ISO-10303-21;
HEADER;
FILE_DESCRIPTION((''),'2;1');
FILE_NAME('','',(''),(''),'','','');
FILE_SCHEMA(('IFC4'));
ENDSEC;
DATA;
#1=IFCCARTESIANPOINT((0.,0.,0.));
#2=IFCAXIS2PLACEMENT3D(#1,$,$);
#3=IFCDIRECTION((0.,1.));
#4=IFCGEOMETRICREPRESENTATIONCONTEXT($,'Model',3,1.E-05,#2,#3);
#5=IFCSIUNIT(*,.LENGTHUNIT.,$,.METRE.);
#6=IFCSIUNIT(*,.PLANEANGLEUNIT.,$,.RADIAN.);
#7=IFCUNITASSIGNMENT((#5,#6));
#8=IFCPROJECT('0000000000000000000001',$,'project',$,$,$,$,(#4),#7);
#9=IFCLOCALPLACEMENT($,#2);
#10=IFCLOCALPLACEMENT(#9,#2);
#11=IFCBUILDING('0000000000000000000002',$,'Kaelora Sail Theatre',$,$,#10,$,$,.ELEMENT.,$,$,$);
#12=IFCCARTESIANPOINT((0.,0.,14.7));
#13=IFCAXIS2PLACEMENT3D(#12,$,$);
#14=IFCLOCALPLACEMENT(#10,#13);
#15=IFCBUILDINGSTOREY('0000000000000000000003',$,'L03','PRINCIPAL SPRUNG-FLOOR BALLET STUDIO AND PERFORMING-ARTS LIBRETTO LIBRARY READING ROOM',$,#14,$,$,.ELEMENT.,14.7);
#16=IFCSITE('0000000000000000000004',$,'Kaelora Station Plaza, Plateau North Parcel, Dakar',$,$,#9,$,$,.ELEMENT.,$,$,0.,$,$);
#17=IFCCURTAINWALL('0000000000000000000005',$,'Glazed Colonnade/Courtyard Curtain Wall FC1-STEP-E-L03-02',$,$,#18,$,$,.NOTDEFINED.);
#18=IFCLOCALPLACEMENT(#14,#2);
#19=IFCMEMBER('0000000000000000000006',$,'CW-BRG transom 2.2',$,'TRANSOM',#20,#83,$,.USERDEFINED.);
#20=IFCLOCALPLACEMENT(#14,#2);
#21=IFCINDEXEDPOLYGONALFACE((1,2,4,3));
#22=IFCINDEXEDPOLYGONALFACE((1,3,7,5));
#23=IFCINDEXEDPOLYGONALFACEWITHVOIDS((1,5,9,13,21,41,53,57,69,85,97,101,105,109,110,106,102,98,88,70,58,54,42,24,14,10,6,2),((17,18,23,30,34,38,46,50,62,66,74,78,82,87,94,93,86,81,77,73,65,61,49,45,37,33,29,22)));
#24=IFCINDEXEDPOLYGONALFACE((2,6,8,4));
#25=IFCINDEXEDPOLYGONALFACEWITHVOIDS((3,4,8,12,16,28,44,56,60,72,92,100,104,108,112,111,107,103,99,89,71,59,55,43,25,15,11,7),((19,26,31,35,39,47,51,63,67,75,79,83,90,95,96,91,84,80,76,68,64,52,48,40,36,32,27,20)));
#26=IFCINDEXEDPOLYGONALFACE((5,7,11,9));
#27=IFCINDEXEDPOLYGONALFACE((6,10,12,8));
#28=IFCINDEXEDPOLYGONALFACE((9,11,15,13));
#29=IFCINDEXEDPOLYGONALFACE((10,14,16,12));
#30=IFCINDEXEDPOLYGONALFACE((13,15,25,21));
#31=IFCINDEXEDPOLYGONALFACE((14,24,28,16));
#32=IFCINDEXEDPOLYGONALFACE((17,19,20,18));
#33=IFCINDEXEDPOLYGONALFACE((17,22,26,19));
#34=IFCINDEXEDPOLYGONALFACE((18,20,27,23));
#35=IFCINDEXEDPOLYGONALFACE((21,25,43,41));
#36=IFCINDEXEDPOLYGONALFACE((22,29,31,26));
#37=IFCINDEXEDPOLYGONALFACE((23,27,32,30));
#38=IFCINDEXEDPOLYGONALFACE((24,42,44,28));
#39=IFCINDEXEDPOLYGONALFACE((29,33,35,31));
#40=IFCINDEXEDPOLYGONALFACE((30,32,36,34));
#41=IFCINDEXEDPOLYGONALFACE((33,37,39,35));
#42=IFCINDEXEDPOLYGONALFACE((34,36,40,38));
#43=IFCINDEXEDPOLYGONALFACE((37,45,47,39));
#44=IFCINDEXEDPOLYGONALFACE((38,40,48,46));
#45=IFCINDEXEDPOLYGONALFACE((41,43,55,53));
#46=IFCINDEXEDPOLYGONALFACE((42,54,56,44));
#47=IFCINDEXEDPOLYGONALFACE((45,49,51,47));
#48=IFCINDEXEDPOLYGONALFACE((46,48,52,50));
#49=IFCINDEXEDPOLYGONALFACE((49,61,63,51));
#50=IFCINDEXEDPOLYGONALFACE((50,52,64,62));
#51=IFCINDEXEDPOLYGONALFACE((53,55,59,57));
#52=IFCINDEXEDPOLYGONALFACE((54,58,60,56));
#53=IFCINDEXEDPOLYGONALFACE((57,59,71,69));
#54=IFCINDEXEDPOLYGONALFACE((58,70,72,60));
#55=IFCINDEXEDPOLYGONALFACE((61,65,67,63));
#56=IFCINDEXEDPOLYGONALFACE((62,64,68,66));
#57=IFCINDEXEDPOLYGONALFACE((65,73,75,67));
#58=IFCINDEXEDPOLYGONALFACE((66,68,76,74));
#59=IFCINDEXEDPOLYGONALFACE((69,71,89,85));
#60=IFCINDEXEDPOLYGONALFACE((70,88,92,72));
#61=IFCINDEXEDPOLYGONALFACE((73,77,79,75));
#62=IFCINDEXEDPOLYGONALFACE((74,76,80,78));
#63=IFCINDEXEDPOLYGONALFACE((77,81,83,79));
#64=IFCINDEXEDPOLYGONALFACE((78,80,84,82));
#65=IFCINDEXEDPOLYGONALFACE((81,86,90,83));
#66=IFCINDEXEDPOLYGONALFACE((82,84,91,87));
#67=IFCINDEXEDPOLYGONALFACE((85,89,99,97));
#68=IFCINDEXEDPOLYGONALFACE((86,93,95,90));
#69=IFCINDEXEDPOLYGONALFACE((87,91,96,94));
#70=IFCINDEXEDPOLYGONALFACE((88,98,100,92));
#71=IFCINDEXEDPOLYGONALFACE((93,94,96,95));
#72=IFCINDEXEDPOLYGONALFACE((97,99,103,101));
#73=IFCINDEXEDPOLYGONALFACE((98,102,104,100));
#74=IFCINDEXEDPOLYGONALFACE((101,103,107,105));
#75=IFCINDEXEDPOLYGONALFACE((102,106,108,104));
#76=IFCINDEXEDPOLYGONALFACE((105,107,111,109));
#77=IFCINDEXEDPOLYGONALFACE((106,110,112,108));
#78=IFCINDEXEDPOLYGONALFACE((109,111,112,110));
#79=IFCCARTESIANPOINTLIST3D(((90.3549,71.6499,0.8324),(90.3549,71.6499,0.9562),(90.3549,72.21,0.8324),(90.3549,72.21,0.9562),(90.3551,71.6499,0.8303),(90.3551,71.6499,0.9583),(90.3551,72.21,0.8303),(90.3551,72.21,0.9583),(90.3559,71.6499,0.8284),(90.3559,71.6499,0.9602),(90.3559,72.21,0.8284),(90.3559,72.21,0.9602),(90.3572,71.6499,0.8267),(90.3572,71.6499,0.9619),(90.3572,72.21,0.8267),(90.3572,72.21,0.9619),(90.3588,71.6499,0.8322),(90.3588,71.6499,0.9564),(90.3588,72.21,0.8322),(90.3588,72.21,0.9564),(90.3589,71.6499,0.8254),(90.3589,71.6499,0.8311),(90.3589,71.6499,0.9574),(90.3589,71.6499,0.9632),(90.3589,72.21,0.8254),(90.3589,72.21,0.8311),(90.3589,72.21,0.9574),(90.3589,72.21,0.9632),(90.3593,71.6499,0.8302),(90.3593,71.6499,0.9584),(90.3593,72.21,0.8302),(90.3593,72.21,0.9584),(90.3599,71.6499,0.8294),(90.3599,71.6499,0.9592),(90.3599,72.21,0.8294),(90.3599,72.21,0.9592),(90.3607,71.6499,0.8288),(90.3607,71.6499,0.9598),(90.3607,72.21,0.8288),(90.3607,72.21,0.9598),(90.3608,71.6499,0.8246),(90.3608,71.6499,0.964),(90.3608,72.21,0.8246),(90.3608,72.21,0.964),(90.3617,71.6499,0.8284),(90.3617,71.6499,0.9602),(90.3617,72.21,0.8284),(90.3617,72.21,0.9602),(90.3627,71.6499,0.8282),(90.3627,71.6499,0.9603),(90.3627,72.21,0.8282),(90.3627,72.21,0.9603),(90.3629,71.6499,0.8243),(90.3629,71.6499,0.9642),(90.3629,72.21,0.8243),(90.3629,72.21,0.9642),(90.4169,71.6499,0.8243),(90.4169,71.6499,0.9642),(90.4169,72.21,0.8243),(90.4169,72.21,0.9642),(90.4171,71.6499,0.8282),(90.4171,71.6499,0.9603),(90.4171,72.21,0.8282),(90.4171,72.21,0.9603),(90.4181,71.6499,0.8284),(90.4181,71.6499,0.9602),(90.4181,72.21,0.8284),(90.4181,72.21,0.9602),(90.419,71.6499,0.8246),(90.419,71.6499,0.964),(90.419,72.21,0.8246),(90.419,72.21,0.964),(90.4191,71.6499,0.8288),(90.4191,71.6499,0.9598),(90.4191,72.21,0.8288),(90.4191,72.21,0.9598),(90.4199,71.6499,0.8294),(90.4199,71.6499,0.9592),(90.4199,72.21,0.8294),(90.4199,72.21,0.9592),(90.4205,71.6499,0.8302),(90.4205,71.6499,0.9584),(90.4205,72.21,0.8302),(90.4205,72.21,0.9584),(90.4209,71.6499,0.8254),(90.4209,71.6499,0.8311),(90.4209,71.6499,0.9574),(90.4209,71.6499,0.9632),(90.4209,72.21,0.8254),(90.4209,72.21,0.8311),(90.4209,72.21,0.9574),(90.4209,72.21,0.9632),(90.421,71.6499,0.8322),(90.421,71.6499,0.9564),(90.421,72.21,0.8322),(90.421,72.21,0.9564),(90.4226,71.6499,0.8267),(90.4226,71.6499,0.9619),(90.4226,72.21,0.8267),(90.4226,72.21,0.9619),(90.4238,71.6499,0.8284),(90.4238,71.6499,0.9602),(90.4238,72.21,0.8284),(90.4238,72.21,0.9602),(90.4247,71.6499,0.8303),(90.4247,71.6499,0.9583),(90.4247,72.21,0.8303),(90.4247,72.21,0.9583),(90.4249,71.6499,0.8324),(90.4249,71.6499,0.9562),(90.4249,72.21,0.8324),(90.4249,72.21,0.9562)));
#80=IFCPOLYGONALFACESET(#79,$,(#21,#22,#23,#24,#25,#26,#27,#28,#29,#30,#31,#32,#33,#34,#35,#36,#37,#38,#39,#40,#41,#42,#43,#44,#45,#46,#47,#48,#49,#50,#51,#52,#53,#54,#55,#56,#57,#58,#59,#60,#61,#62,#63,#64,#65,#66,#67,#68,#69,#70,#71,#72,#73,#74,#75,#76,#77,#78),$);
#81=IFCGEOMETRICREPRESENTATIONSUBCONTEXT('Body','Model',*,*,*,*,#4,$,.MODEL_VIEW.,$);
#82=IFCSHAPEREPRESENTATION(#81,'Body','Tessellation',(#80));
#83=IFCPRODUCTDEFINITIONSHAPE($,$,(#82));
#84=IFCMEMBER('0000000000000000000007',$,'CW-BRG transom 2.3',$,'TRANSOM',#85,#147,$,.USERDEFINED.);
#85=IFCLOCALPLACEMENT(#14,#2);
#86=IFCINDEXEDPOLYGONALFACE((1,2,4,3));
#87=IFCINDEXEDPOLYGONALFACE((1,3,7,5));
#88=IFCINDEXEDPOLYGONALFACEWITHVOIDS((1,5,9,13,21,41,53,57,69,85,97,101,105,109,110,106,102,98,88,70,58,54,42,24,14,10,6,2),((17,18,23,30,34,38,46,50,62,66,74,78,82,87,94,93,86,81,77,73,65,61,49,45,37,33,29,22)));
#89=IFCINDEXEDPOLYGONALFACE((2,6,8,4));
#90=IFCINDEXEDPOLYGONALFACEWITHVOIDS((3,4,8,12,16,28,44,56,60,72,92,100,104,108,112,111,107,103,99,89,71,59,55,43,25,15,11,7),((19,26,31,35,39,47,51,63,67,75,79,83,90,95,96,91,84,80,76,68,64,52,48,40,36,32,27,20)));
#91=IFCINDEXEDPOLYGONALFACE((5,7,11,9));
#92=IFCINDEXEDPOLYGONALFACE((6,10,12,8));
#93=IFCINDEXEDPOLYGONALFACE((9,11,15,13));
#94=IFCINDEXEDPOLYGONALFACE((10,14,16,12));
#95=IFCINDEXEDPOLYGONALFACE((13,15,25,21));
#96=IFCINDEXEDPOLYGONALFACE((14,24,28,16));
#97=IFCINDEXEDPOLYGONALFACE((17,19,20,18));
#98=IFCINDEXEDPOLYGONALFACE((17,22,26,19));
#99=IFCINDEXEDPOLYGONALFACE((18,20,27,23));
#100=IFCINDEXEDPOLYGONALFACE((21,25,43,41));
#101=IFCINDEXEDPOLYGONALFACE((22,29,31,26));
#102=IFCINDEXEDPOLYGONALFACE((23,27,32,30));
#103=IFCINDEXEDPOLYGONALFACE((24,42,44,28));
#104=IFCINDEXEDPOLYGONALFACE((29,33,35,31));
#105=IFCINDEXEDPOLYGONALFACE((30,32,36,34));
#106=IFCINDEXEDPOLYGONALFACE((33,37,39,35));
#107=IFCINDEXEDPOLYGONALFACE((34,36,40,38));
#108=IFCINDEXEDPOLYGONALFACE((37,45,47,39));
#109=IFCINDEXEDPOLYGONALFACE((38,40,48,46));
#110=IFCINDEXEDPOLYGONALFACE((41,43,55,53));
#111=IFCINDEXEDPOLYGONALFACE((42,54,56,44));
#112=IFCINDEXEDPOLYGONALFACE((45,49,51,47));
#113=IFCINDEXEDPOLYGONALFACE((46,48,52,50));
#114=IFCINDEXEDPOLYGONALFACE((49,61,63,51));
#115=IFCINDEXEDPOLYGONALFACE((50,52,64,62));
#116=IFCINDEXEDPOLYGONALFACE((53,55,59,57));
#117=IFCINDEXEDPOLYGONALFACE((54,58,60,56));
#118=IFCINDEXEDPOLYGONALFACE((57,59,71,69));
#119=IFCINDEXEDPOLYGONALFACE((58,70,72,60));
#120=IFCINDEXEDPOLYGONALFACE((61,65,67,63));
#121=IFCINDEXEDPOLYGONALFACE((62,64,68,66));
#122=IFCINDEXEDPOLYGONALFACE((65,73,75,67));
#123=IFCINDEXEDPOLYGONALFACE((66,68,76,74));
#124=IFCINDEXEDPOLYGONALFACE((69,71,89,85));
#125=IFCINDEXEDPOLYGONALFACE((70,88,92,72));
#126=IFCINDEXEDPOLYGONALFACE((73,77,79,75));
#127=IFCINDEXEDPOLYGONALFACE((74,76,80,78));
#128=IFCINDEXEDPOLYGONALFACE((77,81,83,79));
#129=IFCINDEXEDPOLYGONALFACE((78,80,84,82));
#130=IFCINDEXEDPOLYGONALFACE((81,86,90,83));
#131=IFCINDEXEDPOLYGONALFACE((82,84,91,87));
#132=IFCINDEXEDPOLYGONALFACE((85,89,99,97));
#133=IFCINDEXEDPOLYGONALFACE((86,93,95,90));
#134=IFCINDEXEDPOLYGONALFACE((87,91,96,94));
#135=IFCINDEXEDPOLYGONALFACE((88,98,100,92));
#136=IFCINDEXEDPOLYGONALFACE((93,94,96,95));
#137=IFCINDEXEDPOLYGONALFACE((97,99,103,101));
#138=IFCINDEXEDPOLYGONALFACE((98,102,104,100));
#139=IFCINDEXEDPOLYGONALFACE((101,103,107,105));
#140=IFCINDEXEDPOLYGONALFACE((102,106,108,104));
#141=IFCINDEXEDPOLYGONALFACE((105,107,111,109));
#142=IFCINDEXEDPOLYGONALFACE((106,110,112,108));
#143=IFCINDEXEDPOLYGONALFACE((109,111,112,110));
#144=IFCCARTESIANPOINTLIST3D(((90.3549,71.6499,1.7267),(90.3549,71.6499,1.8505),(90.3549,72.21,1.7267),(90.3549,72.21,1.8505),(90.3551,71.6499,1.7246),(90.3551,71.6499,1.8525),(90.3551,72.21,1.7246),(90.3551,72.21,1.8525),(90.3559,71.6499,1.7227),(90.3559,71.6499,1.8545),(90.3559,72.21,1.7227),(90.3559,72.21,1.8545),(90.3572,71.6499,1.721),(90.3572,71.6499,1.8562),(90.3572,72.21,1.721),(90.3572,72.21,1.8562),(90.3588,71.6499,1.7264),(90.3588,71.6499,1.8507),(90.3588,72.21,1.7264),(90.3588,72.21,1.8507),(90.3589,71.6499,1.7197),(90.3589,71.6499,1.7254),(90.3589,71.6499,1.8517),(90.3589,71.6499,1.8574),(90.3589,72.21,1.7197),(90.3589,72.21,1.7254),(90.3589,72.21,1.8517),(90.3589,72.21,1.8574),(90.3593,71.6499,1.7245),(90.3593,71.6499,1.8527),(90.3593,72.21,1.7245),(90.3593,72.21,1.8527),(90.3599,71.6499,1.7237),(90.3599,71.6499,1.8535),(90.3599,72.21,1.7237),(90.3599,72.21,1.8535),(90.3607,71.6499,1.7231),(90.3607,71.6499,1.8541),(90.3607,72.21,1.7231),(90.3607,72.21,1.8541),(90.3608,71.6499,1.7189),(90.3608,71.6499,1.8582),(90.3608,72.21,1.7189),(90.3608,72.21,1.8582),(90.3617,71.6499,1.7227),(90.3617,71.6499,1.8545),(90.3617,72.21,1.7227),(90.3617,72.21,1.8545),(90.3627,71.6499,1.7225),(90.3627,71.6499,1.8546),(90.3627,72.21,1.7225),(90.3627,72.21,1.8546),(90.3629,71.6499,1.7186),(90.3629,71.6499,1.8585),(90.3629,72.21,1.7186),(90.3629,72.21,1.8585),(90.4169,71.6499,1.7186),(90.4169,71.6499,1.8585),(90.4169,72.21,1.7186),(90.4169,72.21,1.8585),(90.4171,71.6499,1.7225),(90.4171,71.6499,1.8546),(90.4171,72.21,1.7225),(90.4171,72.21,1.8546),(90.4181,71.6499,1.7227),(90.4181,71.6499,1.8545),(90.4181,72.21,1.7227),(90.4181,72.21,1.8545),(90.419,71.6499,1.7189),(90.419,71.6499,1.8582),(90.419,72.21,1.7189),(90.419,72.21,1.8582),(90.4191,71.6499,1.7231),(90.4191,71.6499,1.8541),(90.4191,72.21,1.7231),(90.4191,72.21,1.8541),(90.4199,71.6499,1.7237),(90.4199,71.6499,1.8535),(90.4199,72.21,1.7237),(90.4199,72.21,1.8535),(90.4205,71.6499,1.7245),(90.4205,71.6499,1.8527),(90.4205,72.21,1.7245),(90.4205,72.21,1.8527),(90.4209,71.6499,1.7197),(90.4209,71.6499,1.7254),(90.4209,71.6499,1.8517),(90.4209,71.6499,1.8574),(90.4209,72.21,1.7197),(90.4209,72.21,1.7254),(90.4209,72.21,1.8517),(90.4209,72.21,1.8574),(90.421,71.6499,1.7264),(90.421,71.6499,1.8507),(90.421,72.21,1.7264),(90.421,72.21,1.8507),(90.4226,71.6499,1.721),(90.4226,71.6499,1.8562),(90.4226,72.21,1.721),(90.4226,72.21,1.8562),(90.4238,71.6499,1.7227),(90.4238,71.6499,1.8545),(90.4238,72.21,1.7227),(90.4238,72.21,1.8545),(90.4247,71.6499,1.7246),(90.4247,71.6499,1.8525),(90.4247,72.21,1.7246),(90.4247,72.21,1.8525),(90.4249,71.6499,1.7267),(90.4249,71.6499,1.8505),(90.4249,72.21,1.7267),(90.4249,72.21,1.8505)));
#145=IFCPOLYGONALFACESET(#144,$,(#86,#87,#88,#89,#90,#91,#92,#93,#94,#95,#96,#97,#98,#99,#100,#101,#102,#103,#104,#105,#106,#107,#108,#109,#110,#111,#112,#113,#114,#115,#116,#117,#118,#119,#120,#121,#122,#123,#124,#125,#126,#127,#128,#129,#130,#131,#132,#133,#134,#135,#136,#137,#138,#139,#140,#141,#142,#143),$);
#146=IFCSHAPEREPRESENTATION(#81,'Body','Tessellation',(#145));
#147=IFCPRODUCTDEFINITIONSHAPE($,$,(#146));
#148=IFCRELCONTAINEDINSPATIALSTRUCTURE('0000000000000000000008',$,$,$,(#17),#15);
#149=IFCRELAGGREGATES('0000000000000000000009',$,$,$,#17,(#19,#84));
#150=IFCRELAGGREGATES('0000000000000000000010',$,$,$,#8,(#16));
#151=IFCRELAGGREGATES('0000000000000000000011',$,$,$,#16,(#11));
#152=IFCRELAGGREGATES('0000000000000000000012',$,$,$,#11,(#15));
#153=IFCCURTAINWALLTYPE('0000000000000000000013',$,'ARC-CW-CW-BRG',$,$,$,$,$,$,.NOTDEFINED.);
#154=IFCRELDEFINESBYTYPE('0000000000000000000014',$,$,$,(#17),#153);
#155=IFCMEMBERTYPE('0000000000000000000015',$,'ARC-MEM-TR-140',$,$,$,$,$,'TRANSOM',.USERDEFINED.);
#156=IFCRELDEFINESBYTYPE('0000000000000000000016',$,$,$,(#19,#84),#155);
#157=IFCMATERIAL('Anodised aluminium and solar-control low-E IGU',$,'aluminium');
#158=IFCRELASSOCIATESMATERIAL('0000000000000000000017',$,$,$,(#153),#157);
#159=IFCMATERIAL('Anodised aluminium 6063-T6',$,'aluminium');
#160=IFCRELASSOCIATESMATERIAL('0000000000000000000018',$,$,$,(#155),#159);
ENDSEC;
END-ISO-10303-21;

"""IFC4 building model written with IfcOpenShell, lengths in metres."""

from ifc_helpers import new_model, si_unit, direction, frame, origin, origin_2d, place, context, subcontext, project, spatial, hollow_rectangle, extrude, material, material_profile, profile_set, type_object, element, aggregate, save


model = new_model("IFC4")

# Units and contexts
model_context = context("Model", 3, precision=1e-05, world=origin(), true_north=direction((0.0, 1.0)))
body_context = subcontext(model_context, "Body", "Model", "MODEL_VIEW")
ifc_project = project(units=[si_unit("LENGTHUNIT", "METRE"), si_unit("PLANEANGLEUNIT", "RADIAN")], contexts=[model_context])

# Site, building, storey
site_placement = place(None, origin())
site = spatial("IfcSite", under=ifc_project, at=site_placement, Name="Kaelora Station Plaza, Plateau North Parcel, Dakar", CompositionType="ELEMENT", RefElevation=0.0)
building_placement = place(site_placement, origin())
building = spatial("IfcBuilding", under=site, at=building_placement, Name="Kaelora Sail Theatre", CompositionType="ELEMENT")
storey_placement = place(building_placement, frame((0.0, 0.0, 14.7)))
storey = spatial("IfcBuildingStorey", under=building, at=storey_placement, Name="L03", Description="PRINCIPAL SPRUNG-FLOOR BALLET STUDIO AND PERFORMING-ARTS LIBRETTO LIBRARY READING ROOM", CompositionType="ELEMENT", Elevation=14.7)

# Curtain wall, members
ifc_material_1 = material(Name="Anodised aluminium and solar-control low-E IGU", Category="aluminium")
curtain_wall_type = type_object("IfcCurtainWallType", Name="ARC-CW-CW-BRG", PredefinedType="NOTDEFINED", material=ifc_material_1)
curtain_wall_placement = place(storey_placement, origin())
curtain_wall = element("IfcCurtainWall", 1, at=curtain_wall_placement, inside=storey, type_object=curtain_wall_type, Name="Glazed Colonnade/Courtyard Curtain Wall FC1-STEP-E-L03-02", PredefinedType="NOTDEFINED")
ifc_material_2 = material(Name="Anodised aluminium 6063-T6", Category="aluminium")
ifc_material_profile_1 = material_profile(ifc_material_2, hollow_rectangle(XDim=0.0701, YDim=0.1399, WallThickness=0.0039, InnerFilletRadius=0.0039, OuterFilletRadius=0.0081, at=origin_2d()), Name="ALU-TRAN 70x140x4")
ifc_profile_set_1 = profile_set([ifc_material_profile_1], Name="Anodised aluminium 6063-T6")
member_type_1 = type_object("IfcMemberType", Name="ARC-MEM-TR-140", ElementType="TRANSOM", PredefinedType="USERDEFINED", material=ifc_profile_set_1)
member_1_placement = place(storey_placement, frame((90.3899, 71.6499, 0.8943), z_axis=(0.0, 1.0, 0.0), x_axis=(-1.0, 0.0, 0.0)))
member_1 = element("IfcMember", 2, at=member_1_placement, type_object=member_type_1, Name="CW-BRG transom 2.2", ObjectType="TRANSOM", PredefinedType="USERDEFINED", context=body_context, shape_type="SweptSolid", body=[
    extrude(hollow_rectangle(XDim=0.0701, YDim=0.1399, WallThickness=0.0039, InnerFilletRadius=0.0039, OuterFilletRadius=0.0081, at=origin_2d()), origin(), (0.0, 0.0, 1.0), 0.5601),
])
member_2_placement = place(storey_placement, frame((90.3899, 71.6499, 1.7886), z_axis=(0.0, 1.0, 0.0), x_axis=(-1.0, 0.0, 0.0)))
member_2 = element("IfcMember", 3, at=member_2_placement, type_object=member_type_1, Name="CW-BRG transom 2.3", ObjectType="TRANSOM", PredefinedType="USERDEFINED", context=body_context, shape_type="SweptSolid", body=[
    extrude(hollow_rectangle(XDim=0.0701, YDim=0.1399, WallThickness=0.0039, InnerFilletRadius=0.0039, OuterFilletRadius=0.0081, at=origin_2d()), origin(), (0.0, 0.0, 1.0), 0.5601),
])

aggregate(curtain_wall, [member_1, member_2])

save(model, "model.ifc")
